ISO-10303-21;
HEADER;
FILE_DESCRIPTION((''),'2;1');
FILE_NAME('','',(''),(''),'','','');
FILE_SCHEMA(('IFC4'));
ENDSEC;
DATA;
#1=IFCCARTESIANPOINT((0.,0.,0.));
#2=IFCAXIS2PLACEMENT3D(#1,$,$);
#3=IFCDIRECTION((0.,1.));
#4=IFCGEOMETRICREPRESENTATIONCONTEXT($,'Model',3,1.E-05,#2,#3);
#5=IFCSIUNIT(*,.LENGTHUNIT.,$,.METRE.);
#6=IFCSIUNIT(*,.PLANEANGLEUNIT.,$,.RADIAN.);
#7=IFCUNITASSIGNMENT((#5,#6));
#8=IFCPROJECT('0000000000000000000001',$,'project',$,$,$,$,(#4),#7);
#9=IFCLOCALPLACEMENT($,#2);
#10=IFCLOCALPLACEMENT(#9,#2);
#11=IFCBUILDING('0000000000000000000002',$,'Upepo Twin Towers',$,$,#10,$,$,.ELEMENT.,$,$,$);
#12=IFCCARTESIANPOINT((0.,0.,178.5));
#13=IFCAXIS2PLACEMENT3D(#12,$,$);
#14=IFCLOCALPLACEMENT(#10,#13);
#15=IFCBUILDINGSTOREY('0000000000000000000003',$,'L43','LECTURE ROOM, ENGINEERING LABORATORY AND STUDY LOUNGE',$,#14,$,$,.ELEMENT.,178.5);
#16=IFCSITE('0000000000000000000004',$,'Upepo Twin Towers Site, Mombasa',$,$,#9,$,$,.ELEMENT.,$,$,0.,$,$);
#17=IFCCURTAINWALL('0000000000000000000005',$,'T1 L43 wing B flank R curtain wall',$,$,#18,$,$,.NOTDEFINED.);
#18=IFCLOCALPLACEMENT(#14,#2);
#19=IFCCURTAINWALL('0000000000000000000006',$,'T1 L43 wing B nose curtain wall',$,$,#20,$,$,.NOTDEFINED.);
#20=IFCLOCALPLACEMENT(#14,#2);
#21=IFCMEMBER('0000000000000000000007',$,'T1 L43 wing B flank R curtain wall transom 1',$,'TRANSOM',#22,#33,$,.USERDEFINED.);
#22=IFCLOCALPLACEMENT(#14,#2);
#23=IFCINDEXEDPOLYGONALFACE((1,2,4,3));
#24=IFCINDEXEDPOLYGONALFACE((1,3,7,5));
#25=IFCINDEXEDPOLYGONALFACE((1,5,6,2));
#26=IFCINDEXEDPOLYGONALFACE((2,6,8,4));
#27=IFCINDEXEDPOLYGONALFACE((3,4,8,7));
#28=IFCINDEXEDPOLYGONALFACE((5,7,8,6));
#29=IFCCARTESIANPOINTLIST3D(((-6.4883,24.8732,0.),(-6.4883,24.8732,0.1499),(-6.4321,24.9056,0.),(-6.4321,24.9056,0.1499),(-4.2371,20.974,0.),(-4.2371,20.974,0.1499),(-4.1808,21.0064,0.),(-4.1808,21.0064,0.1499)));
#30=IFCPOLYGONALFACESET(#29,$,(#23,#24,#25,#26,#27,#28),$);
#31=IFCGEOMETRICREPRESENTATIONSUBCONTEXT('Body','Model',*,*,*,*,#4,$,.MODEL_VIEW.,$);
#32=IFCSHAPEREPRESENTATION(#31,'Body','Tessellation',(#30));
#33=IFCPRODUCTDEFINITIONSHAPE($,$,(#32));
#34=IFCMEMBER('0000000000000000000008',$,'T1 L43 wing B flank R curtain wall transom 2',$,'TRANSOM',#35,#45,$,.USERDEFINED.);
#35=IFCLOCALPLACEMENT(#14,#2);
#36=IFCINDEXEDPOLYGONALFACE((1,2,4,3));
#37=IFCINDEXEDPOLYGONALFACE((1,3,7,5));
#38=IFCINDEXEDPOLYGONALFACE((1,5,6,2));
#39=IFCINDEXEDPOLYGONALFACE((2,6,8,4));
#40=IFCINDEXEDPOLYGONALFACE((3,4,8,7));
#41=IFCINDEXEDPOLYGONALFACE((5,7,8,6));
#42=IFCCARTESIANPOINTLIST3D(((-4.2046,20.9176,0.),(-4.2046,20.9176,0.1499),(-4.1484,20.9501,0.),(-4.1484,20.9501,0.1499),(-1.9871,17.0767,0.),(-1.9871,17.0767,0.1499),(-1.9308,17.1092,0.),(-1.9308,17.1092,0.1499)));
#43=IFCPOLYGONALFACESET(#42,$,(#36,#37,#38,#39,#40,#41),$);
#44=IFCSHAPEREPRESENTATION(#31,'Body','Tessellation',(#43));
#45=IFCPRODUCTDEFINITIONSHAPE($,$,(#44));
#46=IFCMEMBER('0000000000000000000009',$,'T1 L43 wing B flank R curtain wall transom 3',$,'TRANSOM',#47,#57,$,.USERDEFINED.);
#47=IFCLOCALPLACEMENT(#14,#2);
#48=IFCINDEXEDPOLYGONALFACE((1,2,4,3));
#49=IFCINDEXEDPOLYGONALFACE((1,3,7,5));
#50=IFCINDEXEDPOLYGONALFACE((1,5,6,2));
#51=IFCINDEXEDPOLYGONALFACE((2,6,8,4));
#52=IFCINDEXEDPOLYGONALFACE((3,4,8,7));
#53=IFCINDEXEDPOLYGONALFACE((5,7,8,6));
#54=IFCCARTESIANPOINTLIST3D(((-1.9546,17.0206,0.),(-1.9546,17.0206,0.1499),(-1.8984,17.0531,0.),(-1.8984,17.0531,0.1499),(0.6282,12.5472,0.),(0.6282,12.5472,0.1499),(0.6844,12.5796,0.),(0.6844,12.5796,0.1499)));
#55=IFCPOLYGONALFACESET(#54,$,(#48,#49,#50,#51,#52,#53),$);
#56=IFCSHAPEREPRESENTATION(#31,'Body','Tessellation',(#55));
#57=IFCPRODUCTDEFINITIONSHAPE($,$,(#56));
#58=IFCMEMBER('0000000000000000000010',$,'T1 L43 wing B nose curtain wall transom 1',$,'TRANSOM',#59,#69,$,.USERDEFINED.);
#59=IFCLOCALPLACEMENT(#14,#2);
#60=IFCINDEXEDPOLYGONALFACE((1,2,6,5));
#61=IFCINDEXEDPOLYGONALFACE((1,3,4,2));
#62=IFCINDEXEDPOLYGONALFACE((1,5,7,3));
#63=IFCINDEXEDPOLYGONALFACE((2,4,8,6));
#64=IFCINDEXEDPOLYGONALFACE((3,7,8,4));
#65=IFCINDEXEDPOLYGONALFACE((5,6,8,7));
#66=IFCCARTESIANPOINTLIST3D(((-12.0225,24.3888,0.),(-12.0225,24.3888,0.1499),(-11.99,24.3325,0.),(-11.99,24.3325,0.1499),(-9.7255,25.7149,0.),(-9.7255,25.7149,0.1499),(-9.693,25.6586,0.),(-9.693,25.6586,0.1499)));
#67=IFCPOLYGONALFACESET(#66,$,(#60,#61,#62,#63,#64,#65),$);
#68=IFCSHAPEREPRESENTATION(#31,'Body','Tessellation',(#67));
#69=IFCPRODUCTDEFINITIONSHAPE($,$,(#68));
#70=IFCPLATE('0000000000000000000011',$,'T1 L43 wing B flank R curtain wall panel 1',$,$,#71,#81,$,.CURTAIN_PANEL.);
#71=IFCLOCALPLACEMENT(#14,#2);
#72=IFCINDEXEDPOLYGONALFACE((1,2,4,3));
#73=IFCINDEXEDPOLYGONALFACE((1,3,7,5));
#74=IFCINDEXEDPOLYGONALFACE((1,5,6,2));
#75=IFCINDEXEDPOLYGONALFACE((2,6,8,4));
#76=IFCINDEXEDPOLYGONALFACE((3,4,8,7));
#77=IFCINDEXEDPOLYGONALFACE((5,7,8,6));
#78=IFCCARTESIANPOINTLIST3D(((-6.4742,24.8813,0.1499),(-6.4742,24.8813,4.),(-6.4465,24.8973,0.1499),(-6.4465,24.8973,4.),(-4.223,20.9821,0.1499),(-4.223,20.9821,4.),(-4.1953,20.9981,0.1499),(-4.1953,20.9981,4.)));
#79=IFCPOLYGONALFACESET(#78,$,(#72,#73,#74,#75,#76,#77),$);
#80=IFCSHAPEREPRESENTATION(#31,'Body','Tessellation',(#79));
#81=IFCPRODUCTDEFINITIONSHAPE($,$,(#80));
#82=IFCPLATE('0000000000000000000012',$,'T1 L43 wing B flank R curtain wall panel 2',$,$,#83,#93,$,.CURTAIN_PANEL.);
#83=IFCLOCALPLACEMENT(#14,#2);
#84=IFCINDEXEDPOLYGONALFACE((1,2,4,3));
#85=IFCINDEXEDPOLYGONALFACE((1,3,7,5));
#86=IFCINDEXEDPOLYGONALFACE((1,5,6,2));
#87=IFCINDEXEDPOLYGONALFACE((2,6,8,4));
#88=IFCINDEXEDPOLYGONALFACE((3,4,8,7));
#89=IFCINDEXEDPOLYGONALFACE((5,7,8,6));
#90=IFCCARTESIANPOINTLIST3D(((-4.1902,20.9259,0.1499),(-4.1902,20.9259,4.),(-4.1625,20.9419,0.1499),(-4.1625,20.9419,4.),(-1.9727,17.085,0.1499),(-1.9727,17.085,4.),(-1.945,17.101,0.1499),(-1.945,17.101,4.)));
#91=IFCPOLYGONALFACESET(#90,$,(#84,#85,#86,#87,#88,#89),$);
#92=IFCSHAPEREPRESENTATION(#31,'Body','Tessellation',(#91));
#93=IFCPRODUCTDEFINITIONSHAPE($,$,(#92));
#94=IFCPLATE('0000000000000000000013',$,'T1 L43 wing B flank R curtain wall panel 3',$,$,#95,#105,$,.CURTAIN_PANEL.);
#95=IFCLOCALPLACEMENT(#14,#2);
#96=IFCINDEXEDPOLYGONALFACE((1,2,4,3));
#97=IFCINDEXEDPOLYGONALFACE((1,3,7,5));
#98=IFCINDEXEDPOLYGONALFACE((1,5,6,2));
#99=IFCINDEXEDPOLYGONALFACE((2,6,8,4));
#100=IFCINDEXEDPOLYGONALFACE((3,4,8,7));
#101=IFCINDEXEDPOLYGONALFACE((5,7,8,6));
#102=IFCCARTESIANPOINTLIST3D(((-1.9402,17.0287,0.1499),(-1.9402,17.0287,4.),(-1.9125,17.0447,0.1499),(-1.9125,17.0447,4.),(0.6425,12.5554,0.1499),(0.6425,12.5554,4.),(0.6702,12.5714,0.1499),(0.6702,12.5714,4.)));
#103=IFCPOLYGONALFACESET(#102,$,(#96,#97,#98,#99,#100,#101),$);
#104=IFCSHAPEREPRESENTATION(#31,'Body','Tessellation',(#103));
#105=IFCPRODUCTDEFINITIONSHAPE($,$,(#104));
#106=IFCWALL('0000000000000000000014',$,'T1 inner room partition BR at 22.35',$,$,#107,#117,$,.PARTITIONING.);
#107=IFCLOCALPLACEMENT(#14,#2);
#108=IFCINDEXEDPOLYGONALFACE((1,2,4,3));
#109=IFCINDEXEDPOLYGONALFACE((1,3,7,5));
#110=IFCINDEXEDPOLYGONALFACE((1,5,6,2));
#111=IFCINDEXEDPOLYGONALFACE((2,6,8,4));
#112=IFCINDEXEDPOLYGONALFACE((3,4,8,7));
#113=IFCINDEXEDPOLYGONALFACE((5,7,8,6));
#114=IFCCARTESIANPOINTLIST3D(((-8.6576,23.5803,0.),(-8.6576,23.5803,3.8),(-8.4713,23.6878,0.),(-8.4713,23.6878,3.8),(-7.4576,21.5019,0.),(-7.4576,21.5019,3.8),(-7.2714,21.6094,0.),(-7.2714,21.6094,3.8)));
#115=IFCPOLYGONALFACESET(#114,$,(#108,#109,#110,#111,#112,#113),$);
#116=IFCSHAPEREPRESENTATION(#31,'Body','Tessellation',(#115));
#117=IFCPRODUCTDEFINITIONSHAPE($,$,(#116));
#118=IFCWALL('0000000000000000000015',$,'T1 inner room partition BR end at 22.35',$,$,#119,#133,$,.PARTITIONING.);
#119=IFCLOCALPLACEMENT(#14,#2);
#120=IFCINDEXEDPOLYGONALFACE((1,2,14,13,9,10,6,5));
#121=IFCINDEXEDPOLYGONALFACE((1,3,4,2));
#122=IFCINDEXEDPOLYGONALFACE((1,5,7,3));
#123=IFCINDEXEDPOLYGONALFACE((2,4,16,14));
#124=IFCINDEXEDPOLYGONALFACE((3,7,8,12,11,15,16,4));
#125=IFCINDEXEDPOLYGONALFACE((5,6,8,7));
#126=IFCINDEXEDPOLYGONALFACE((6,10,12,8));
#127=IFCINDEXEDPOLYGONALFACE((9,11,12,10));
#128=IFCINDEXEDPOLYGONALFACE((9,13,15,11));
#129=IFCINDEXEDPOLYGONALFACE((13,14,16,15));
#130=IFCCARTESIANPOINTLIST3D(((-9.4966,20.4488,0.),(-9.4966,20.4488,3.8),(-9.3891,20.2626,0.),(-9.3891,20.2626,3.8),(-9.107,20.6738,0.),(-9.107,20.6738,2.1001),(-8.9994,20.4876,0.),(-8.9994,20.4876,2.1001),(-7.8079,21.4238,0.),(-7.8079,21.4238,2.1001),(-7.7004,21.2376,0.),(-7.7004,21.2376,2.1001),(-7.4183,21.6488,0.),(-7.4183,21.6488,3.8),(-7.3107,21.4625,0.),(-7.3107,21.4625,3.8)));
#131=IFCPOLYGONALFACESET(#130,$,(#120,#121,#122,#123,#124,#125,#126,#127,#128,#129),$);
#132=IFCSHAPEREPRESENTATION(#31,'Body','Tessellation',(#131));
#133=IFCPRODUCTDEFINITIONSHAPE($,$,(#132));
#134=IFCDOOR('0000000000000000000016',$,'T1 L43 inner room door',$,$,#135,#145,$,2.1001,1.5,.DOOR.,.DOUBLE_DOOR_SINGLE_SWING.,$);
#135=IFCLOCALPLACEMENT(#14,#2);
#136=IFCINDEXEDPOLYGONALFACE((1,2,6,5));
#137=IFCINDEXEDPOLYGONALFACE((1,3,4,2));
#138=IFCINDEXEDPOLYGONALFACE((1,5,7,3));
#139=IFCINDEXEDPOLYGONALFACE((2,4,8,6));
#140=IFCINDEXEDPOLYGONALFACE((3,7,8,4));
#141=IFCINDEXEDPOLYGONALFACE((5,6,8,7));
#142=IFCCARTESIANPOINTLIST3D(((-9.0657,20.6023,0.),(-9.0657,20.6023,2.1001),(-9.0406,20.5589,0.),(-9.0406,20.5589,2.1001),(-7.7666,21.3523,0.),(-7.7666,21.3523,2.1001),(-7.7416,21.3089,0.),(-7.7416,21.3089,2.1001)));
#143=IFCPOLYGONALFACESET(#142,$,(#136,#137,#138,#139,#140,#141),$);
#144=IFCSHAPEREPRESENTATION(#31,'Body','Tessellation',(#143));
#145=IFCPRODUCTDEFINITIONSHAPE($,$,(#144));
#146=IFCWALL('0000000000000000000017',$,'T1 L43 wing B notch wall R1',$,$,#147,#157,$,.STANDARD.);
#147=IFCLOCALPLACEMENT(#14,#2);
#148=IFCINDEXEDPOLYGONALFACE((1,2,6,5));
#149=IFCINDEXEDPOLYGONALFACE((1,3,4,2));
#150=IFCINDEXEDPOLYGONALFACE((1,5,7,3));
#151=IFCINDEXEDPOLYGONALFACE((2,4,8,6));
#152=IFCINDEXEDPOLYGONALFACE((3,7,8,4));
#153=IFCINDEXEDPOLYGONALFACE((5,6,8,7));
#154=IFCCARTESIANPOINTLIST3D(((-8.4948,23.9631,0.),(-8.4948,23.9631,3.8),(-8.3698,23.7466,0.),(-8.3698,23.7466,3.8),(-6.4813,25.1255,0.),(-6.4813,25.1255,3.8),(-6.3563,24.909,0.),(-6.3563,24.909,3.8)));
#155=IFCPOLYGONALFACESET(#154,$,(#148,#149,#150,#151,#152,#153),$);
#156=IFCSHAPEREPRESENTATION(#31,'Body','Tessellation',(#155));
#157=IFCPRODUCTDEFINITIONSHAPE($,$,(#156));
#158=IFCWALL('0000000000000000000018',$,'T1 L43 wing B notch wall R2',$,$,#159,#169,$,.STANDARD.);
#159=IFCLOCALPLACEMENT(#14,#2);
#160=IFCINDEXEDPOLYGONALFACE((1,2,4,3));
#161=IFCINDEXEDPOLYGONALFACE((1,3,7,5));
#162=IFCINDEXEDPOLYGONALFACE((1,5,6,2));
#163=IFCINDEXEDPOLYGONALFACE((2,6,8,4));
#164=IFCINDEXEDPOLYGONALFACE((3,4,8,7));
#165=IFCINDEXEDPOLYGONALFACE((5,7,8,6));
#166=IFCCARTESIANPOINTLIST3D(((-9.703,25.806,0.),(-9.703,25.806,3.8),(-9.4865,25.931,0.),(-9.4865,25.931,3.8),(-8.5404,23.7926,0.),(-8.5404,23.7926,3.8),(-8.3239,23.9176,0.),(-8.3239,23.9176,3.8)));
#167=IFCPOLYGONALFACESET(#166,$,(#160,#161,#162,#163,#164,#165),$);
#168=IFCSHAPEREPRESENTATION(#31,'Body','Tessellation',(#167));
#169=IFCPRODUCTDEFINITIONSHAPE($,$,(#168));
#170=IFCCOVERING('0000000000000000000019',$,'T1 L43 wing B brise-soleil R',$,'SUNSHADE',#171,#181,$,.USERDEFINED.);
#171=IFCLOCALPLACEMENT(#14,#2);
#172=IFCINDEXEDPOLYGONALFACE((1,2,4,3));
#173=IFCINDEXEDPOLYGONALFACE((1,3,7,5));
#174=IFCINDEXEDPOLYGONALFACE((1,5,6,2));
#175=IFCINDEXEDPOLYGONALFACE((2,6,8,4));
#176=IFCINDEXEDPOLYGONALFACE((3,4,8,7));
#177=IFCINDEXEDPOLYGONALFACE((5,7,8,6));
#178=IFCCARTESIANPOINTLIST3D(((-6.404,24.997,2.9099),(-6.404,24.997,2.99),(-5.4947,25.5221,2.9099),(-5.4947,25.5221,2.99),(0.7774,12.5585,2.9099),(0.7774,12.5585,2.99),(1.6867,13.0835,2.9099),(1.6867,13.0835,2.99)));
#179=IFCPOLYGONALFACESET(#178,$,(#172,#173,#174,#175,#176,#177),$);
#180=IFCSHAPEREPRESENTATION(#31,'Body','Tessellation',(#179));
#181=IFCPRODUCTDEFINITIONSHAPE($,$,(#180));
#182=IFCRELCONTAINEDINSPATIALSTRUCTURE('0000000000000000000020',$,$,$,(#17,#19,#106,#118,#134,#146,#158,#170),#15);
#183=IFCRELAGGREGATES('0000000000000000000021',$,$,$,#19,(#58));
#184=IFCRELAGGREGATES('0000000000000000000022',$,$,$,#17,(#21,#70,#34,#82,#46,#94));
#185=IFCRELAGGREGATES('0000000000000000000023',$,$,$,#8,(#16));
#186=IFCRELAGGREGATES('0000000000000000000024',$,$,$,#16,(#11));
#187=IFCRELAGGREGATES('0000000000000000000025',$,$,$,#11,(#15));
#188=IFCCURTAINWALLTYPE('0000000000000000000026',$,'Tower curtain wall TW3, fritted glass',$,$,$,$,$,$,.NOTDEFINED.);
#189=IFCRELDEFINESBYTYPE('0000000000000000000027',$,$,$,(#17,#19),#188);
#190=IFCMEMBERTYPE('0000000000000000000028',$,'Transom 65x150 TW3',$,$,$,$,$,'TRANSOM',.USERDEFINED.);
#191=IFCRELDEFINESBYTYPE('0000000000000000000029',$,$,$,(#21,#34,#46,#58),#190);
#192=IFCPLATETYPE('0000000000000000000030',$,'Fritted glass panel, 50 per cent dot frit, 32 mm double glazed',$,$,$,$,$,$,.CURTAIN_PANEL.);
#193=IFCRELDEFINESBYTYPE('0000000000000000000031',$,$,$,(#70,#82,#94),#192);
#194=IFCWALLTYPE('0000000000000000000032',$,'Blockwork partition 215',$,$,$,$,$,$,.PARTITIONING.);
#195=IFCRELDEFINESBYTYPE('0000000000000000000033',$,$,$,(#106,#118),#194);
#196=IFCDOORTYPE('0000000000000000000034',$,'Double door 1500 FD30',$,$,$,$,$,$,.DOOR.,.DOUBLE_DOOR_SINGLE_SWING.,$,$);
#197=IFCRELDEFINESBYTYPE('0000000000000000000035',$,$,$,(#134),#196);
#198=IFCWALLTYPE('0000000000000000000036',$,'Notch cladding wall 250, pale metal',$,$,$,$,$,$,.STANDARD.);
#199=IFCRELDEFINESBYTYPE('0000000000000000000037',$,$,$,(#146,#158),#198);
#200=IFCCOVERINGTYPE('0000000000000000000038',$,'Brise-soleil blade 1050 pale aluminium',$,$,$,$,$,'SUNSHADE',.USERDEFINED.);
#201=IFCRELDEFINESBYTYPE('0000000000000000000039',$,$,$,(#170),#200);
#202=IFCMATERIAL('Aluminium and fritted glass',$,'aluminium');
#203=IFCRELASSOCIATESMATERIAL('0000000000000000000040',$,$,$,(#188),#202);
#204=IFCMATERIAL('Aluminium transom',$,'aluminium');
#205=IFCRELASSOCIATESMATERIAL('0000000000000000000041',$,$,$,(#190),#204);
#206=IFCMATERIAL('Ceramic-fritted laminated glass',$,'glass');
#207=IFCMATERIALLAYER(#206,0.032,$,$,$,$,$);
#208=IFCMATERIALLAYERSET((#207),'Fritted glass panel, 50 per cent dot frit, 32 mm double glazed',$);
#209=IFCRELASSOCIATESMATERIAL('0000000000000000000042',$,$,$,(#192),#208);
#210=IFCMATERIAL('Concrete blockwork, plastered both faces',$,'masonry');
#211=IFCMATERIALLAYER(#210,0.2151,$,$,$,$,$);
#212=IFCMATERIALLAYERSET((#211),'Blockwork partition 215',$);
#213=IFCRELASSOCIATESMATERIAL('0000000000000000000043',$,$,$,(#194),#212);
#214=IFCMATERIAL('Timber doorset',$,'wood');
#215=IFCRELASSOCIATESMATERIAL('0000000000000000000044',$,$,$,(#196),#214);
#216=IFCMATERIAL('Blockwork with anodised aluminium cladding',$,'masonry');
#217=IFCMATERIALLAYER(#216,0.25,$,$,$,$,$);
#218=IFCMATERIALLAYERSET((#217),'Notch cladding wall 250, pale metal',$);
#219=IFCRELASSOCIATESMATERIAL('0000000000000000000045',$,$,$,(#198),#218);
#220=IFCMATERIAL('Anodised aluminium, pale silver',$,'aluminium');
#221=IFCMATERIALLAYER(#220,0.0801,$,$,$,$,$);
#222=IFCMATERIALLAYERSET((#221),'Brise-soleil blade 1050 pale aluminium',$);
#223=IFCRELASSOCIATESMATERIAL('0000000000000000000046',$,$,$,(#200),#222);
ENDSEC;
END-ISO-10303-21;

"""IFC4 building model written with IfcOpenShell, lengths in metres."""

from ifc_helpers import new_model, si_unit, direction, frame, frame_2d, origin, origin_2d, place, context, subcontext, project, spatial, rectangle, extrude, material, layer, layer_set, material_profile, profile_set, type_object, element, fill, aggregate, save


model = new_model("IFC4")

# Units and contexts
model_context = context("Model", 3, precision=1e-05, world=origin(), true_north=direction((0.0, 1.0)))
body_context = subcontext(model_context, "Body", "Model", "MODEL_VIEW")
ifc_project = project(units=[si_unit("LENGTHUNIT", "METRE"), si_unit("PLANEANGLEUNIT", "RADIAN")], contexts=[model_context])

# Site, building, storey
site_placement = place(None, origin())
site = spatial("IfcSite", under=ifc_project, at=site_placement, Name="Upepo Twin Towers Site, Mombasa", CompositionType="ELEMENT", RefElevation=0.0)
building_placement = place(site_placement, origin())
building = spatial("IfcBuilding", under=site, at=building_placement, Name="Upepo Twin Towers", CompositionType="ELEMENT")
storey_placement = place(building_placement, frame((0.0, 0.0, 178.5)))
storey = spatial("IfcBuildingStorey", under=building, at=storey_placement, Name="L43", Description="LECTURE ROOM, ENGINEERING LABORATORY AND STUDY LOUNGE", CompositionType="ELEMENT", Elevation=178.5)

# Curtain wall
ifc_material_1 = material(Name="Aluminium and fritted glass", Category="aluminium")
curtain_wall_type = type_object("IfcCurtainWallType", Name="Tower curtain wall TW3, fritted glass", PredefinedType="NOTDEFINED", material=ifc_material_1)
curtain_wall_1_placement = place(storey_placement, origin())
curtain_wall_1 = element("IfcCurtainWall", 1, at=curtain_wall_1_placement, inside=storey, type_object=curtain_wall_type, Name="T1 L43 wing B flank R curtain wall", PredefinedType="NOTDEFINED")

# Curtain wall
curtain_wall_2_placement = place(storey_placement, origin())
curtain_wall_2 = element("IfcCurtainWall", 2, at=curtain_wall_2_placement, inside=storey, type_object=curtain_wall_type, Name="T1 L43 wing B nose curtain wall", PredefinedType="NOTDEFINED")

# Members
ifc_material_2 = material(Name="Aluminium transom", Category="aluminium")
ifc_material_profile_1 = material_profile(ifc_material_2, rectangle(XDim=0.0649, YDim=0.1499, at=origin_2d()), Name="TRANSOM 65x150")
ifc_profile_set_1 = profile_set([ifc_material_profile_1], Name="Aluminium transom")
member_type_1 = type_object("IfcMemberType", Name="Transom 65x150 TW3", ElementType="TRANSOM", PredefinedType="USERDEFINED", material=ifc_profile_set_1)
member_1_placement = place(storey_placement, frame((-6.4602, 24.8894, 0.075), z_axis=(0.500006, -0.866022, 0.0), x_axis=(0.866022, 0.500006, 0.0)))
member_1 = element("IfcMember", 3, at=member_1_placement, type_object=member_type_1, Name="T1 L43 wing B flank R curtain wall transom 1", ObjectType="TRANSOM", PredefinedType="USERDEFINED", context=body_context, shape_type="SweptSolid", body=[
    extrude(rectangle(XDim=0.0649, YDim=0.1499, at=origin_2d()), origin(), (0.0, 0.0, 1.0), 4.5024),
])
member_2_placement = place(storey_placement, frame((-4.1765, 20.9338, 0.075), z_axis=(0.500005, -0.866022, 0.0), x_axis=(0.866022, 0.500005, 0.0)))
member_2 = element("IfcMember", 4, at=member_2_placement, type_object=member_type_1, Name="T1 L43 wing B flank R curtain wall transom 2", ObjectType="TRANSOM", PredefinedType="USERDEFINED", context=body_context, shape_type="SweptSolid", body=[
    extrude(rectangle(XDim=0.0649, YDim=0.1499, at=origin_2d()), origin(), (0.0, 0.0, 1.0), 4.4351),
])
member_3_placement = place(storey_placement, frame((-1.9265, 17.0369, 0.075), z_axis=(0.500007, -0.866021, 0.0), x_axis=(0.866021, 0.500007, 0.0)))
member_3 = element("IfcMember", 5, at=member_3_placement, type_object=member_type_1, Name="T1 L43 wing B flank R curtain wall transom 3", ObjectType="TRANSOM", PredefinedType="USERDEFINED", context=body_context, shape_type="SweptSolid", body=[
    extrude(rectangle(XDim=0.0649, YDim=0.1499, at=origin_2d()), origin(), (0.0, 0.0, 1.0), 5.1655),
])
member_4_placement = place(storey_placement, frame((-9.7092, 25.6868, 0.075), z_axis=(-0.866037, -0.49998, 0.0), x_axis=(0.49998, -0.866037, 0.0)))
member_4 = element("IfcMember", 6, at=member_4_placement, type_object=member_type_1, Name="T1 L43 wing B nose curtain wall transom 1", ObjectType="TRANSOM", PredefinedType="USERDEFINED", context=body_context, shape_type="SweptSolid", body=[
    extrude(rectangle(XDim=0.0649, YDim=0.1499, at=origin_2d()), origin(), (0.0, 0.0, 1.0), 2.6523),
])
aggregate(curtain_wall_2, [member_4])

# Plates
ifc_material_3 = material(Name="Ceramic-fritted laminated glass", Category="glass")
ifc_layer_1 = layer(ifc_material_3, 0.032)
ifc_layer_set_1 = layer_set([ifc_layer_1], Name="Fritted glass panel, 50 per cent dot frit, 32 mm double glazed")
plate_type = type_object("IfcPlateType", Name="Fritted glass panel, 50 per cent dot frit, 32 mm double glazed", PredefinedType="CURTAIN_PANEL", material=ifc_layer_set_1)
plate_1_placement = place(storey_placement, frame((-5.3347, 22.9397, 0.1499), z_axis=(0.0, 0.0, 1.0), x_axis=(0.5, -0.866025, 0.0)))
plate_1 = element("IfcPlate", 7, at=plate_1_placement, type_object=plate_type, Name="T1 L43 wing B flank R curtain wall panel 1", PredefinedType="CURTAIN_PANEL", context=body_context, shape_type="SweptSolid", body=[
    extrude(rectangle(XDim=4.5024, YDim=0.032, at=origin_2d()), origin(), (0.0, 0.0, 1.0), 3.8501),
])
plate_2_placement = place(storey_placement, frame((-3.0676, 19.0134, 0.1499), z_axis=(0.0, 0.0, 1.0), x_axis=(0.5, -0.866025, 0.0)))
plate_2 = element("IfcPlate", 8, at=plate_2_placement, type_object=plate_type, Name="T1 L43 wing B flank R curtain wall panel 2", PredefinedType="CURTAIN_PANEL", context=body_context, shape_type="SweptSolid", body=[
    extrude(rectangle(XDim=4.4351, YDim=0.032, at=origin_2d()), origin(), (0.0, 0.0, 1.0), 3.8501),
])
plate_3_placement = place(storey_placement, frame((-0.635, 14.8, 0.1499), z_axis=(0.0, 0.0, 1.0), x_axis=(0.5, -0.866025, 0.0)))
plate_3 = element("IfcPlate", 9, at=plate_3_placement, type_object=plate_type, Name="T1 L43 wing B flank R curtain wall panel 3", PredefinedType="CURTAIN_PANEL", context=body_context, shape_type="SweptSolid", body=[
    extrude(rectangle(XDim=5.1653, YDim=0.032, at=origin_2d()), origin(), (0.0, 0.0, 1.0), 3.8501),
])
aggregate(curtain_wall_1, [member_1, plate_1, member_2, plate_2, member_3, plate_3])

# Wall
ifc_material_4 = material(Name="Concrete blockwork, plastered both faces", Category="masonry")
ifc_layer_2 = layer(ifc_material_4, 0.2151)
ifc_layer_set_2 = layer_set([ifc_layer_2], Name="Blockwork partition 215")
wall_type_1 = type_object("IfcWallType", Name="Blockwork partition 215", PredefinedType="PARTITIONING", material=ifc_layer_set_2)
wall_1_placement = place(storey_placement, frame((-7.3645, 21.5557, 0.0), z_axis=(0.0, 0.0, 1.0), x_axis=(-0.500001, 0.866025, 0.0)))
element("IfcWall", 10, at=wall_1_placement, inside=storey, type_object=wall_type_1, Name="T1 inner room partition BR at 22.35", PredefinedType="PARTITIONING", context=body_context, shape_type="SweptSolid", body=[
    extrude(rectangle(XDim=2.3999, YDim=0.2151, at=frame_2d((1.2, 0.0))), origin(), (0.0, 0.0, 1.0), 3.8),
])

# Wall, opening, door
wall_2_placement = place(storey_placement, frame((-9.4429, 20.3557, 0.0), z_axis=(0.0, 0.0, 1.0), x_axis=(0.866025, 0.500001, 0.0)))
wall_2 = element("IfcWall", 11, at=wall_2_placement, inside=storey, type_object=wall_type_1, Name="T1 inner room partition BR end at 22.35", PredefinedType="PARTITIONING", context=body_context, shape_type="SweptSolid", body=[
    extrude(rectangle(XDim=2.3999, YDim=0.2151, at=frame_2d((1.2, 0.0))), origin(), (0.0, 0.0, 1.0), 3.8),
])
opening_placement = place(wall_2_placement, frame((0.45, 0.0, 0.0)))
opening = element("IfcOpeningElement", 12, at=opening_placement, cuts=wall_2, PredefinedType="OPENING", context=body_context, shape_type="SweptSolid", body=[
    extrude(rectangle(XDim=1.5, YDim=2.1001, at=frame_2d((0.75, 1.05))), frame((0.0, 0.1174, 0.0), z_axis=(0.0, -1.0, 0.0), x_axis=(1.0, 0.0, 0.0)), (0.0, 0.0, 1.0), 0.2351),
])
ifc_material_5 = material(Name="Timber doorset", Category="wood")
door_type = type_object("IfcDoorType", Name="Double door 1500 FD30", OperationType="DOUBLE_DOOR_SINGLE_SWING", PredefinedType="DOOR", material=ifc_material_5)
door_placement = place(opening_placement, origin())
door = element("IfcDoor", 13, at=door_placement, inside=storey, type_object=door_type, Name="T1 L43 inner room door", OperationType="DOUBLE_DOOR_SINGLE_SWING", OverallHeight=2.1001, OverallWidth=1.5, PredefinedType="DOOR", context=body_context, shape_type="SweptSolid", body=[
    extrude(rectangle(XDim=1.5, YDim=2.1001, at=frame_2d((0.75, 1.05))), frame((0.0, 0.0249, 0.0), z_axis=(0.0, -1.0, 0.0), x_axis=(1.0, 0.0, 0.0)), (0.0, 0.0, 1.0), 0.05),
])
fill(opening, door)

# Walls
ifc_material_6 = material(Name="Blockwork with anodised aluminium cladding", Category="masonry")
ifc_layer_3 = layer(ifc_material_6, 0.25)
ifc_layer_set_3 = layer_set([ifc_layer_3], Name="Notch cladding wall 250, pale metal")
wall_type_2 = type_object("IfcWallType", Name="Notch cladding wall 250, pale metal", PredefinedType="STANDARD", material=ifc_layer_set_3)
for number, where, z_axis, x_axis, name in (
    (14, (-6.4187, 25.0173, 0.0), (0.0, 0.0, 1.0), (-0.866044, -0.499968, 0.0), "T1 L43 wing B notch wall R1"),
    (15, (-8.4321, 23.855, 0.0), (0.0, 0.0, 1.0), (-0.500047, 0.865998, 0.0), "T1 L43 wing B notch wall R2"),
):
    element("IfcWall", number, at=place(storey_placement, frame(where, z_axis=z_axis, x_axis=x_axis)), inside=storey, type_object=wall_type_2, Name=name, PredefinedType="STANDARD", context=body_context, shape_type="SweptSolid", body=[
        extrude(rectangle(XDim=2.325, YDim=0.25, at=frame_2d((1.1626, 0.0))), origin(), (0.0, 0.0, 1.0), 3.8),
    ])

# Covering
ifc_material_7 = material(Name="Anodised aluminium, pale silver", Category="aluminium")
ifc_layer_4 = layer(ifc_material_7, 0.0801)
ifc_layer_set_4 = layer_set([ifc_layer_4], Name="Brise-soleil blade 1050 pale aluminium")
covering_type = type_object("IfcCoveringType", Name="Brise-soleil blade 1050 pale aluminium", ElementType="SUNSHADE", PredefinedType="USERDEFINED", material=ifc_layer_set_4)
covering_placement = place(storey_placement, frame((-2.3586, 19.0403, 2.9099), z_axis=(0.0, 0.0, 1.0), x_axis=(-0.5, 0.866025, 0.0)))
element("IfcCovering", 16, at=covering_placement, inside=storey, type_object=covering_type, Name="T1 L43 wing B brise-soleil R", ObjectType="SUNSHADE", PredefinedType="USERDEFINED", context=body_context, shape_type="SweptSolid", body=[
    extrude(rectangle(XDim=14.3628, YDim=1.05, at=origin_2d()), origin(), (0.0, 0.0, 1.0), 0.0801),
])

save(model, "model.ifc")
